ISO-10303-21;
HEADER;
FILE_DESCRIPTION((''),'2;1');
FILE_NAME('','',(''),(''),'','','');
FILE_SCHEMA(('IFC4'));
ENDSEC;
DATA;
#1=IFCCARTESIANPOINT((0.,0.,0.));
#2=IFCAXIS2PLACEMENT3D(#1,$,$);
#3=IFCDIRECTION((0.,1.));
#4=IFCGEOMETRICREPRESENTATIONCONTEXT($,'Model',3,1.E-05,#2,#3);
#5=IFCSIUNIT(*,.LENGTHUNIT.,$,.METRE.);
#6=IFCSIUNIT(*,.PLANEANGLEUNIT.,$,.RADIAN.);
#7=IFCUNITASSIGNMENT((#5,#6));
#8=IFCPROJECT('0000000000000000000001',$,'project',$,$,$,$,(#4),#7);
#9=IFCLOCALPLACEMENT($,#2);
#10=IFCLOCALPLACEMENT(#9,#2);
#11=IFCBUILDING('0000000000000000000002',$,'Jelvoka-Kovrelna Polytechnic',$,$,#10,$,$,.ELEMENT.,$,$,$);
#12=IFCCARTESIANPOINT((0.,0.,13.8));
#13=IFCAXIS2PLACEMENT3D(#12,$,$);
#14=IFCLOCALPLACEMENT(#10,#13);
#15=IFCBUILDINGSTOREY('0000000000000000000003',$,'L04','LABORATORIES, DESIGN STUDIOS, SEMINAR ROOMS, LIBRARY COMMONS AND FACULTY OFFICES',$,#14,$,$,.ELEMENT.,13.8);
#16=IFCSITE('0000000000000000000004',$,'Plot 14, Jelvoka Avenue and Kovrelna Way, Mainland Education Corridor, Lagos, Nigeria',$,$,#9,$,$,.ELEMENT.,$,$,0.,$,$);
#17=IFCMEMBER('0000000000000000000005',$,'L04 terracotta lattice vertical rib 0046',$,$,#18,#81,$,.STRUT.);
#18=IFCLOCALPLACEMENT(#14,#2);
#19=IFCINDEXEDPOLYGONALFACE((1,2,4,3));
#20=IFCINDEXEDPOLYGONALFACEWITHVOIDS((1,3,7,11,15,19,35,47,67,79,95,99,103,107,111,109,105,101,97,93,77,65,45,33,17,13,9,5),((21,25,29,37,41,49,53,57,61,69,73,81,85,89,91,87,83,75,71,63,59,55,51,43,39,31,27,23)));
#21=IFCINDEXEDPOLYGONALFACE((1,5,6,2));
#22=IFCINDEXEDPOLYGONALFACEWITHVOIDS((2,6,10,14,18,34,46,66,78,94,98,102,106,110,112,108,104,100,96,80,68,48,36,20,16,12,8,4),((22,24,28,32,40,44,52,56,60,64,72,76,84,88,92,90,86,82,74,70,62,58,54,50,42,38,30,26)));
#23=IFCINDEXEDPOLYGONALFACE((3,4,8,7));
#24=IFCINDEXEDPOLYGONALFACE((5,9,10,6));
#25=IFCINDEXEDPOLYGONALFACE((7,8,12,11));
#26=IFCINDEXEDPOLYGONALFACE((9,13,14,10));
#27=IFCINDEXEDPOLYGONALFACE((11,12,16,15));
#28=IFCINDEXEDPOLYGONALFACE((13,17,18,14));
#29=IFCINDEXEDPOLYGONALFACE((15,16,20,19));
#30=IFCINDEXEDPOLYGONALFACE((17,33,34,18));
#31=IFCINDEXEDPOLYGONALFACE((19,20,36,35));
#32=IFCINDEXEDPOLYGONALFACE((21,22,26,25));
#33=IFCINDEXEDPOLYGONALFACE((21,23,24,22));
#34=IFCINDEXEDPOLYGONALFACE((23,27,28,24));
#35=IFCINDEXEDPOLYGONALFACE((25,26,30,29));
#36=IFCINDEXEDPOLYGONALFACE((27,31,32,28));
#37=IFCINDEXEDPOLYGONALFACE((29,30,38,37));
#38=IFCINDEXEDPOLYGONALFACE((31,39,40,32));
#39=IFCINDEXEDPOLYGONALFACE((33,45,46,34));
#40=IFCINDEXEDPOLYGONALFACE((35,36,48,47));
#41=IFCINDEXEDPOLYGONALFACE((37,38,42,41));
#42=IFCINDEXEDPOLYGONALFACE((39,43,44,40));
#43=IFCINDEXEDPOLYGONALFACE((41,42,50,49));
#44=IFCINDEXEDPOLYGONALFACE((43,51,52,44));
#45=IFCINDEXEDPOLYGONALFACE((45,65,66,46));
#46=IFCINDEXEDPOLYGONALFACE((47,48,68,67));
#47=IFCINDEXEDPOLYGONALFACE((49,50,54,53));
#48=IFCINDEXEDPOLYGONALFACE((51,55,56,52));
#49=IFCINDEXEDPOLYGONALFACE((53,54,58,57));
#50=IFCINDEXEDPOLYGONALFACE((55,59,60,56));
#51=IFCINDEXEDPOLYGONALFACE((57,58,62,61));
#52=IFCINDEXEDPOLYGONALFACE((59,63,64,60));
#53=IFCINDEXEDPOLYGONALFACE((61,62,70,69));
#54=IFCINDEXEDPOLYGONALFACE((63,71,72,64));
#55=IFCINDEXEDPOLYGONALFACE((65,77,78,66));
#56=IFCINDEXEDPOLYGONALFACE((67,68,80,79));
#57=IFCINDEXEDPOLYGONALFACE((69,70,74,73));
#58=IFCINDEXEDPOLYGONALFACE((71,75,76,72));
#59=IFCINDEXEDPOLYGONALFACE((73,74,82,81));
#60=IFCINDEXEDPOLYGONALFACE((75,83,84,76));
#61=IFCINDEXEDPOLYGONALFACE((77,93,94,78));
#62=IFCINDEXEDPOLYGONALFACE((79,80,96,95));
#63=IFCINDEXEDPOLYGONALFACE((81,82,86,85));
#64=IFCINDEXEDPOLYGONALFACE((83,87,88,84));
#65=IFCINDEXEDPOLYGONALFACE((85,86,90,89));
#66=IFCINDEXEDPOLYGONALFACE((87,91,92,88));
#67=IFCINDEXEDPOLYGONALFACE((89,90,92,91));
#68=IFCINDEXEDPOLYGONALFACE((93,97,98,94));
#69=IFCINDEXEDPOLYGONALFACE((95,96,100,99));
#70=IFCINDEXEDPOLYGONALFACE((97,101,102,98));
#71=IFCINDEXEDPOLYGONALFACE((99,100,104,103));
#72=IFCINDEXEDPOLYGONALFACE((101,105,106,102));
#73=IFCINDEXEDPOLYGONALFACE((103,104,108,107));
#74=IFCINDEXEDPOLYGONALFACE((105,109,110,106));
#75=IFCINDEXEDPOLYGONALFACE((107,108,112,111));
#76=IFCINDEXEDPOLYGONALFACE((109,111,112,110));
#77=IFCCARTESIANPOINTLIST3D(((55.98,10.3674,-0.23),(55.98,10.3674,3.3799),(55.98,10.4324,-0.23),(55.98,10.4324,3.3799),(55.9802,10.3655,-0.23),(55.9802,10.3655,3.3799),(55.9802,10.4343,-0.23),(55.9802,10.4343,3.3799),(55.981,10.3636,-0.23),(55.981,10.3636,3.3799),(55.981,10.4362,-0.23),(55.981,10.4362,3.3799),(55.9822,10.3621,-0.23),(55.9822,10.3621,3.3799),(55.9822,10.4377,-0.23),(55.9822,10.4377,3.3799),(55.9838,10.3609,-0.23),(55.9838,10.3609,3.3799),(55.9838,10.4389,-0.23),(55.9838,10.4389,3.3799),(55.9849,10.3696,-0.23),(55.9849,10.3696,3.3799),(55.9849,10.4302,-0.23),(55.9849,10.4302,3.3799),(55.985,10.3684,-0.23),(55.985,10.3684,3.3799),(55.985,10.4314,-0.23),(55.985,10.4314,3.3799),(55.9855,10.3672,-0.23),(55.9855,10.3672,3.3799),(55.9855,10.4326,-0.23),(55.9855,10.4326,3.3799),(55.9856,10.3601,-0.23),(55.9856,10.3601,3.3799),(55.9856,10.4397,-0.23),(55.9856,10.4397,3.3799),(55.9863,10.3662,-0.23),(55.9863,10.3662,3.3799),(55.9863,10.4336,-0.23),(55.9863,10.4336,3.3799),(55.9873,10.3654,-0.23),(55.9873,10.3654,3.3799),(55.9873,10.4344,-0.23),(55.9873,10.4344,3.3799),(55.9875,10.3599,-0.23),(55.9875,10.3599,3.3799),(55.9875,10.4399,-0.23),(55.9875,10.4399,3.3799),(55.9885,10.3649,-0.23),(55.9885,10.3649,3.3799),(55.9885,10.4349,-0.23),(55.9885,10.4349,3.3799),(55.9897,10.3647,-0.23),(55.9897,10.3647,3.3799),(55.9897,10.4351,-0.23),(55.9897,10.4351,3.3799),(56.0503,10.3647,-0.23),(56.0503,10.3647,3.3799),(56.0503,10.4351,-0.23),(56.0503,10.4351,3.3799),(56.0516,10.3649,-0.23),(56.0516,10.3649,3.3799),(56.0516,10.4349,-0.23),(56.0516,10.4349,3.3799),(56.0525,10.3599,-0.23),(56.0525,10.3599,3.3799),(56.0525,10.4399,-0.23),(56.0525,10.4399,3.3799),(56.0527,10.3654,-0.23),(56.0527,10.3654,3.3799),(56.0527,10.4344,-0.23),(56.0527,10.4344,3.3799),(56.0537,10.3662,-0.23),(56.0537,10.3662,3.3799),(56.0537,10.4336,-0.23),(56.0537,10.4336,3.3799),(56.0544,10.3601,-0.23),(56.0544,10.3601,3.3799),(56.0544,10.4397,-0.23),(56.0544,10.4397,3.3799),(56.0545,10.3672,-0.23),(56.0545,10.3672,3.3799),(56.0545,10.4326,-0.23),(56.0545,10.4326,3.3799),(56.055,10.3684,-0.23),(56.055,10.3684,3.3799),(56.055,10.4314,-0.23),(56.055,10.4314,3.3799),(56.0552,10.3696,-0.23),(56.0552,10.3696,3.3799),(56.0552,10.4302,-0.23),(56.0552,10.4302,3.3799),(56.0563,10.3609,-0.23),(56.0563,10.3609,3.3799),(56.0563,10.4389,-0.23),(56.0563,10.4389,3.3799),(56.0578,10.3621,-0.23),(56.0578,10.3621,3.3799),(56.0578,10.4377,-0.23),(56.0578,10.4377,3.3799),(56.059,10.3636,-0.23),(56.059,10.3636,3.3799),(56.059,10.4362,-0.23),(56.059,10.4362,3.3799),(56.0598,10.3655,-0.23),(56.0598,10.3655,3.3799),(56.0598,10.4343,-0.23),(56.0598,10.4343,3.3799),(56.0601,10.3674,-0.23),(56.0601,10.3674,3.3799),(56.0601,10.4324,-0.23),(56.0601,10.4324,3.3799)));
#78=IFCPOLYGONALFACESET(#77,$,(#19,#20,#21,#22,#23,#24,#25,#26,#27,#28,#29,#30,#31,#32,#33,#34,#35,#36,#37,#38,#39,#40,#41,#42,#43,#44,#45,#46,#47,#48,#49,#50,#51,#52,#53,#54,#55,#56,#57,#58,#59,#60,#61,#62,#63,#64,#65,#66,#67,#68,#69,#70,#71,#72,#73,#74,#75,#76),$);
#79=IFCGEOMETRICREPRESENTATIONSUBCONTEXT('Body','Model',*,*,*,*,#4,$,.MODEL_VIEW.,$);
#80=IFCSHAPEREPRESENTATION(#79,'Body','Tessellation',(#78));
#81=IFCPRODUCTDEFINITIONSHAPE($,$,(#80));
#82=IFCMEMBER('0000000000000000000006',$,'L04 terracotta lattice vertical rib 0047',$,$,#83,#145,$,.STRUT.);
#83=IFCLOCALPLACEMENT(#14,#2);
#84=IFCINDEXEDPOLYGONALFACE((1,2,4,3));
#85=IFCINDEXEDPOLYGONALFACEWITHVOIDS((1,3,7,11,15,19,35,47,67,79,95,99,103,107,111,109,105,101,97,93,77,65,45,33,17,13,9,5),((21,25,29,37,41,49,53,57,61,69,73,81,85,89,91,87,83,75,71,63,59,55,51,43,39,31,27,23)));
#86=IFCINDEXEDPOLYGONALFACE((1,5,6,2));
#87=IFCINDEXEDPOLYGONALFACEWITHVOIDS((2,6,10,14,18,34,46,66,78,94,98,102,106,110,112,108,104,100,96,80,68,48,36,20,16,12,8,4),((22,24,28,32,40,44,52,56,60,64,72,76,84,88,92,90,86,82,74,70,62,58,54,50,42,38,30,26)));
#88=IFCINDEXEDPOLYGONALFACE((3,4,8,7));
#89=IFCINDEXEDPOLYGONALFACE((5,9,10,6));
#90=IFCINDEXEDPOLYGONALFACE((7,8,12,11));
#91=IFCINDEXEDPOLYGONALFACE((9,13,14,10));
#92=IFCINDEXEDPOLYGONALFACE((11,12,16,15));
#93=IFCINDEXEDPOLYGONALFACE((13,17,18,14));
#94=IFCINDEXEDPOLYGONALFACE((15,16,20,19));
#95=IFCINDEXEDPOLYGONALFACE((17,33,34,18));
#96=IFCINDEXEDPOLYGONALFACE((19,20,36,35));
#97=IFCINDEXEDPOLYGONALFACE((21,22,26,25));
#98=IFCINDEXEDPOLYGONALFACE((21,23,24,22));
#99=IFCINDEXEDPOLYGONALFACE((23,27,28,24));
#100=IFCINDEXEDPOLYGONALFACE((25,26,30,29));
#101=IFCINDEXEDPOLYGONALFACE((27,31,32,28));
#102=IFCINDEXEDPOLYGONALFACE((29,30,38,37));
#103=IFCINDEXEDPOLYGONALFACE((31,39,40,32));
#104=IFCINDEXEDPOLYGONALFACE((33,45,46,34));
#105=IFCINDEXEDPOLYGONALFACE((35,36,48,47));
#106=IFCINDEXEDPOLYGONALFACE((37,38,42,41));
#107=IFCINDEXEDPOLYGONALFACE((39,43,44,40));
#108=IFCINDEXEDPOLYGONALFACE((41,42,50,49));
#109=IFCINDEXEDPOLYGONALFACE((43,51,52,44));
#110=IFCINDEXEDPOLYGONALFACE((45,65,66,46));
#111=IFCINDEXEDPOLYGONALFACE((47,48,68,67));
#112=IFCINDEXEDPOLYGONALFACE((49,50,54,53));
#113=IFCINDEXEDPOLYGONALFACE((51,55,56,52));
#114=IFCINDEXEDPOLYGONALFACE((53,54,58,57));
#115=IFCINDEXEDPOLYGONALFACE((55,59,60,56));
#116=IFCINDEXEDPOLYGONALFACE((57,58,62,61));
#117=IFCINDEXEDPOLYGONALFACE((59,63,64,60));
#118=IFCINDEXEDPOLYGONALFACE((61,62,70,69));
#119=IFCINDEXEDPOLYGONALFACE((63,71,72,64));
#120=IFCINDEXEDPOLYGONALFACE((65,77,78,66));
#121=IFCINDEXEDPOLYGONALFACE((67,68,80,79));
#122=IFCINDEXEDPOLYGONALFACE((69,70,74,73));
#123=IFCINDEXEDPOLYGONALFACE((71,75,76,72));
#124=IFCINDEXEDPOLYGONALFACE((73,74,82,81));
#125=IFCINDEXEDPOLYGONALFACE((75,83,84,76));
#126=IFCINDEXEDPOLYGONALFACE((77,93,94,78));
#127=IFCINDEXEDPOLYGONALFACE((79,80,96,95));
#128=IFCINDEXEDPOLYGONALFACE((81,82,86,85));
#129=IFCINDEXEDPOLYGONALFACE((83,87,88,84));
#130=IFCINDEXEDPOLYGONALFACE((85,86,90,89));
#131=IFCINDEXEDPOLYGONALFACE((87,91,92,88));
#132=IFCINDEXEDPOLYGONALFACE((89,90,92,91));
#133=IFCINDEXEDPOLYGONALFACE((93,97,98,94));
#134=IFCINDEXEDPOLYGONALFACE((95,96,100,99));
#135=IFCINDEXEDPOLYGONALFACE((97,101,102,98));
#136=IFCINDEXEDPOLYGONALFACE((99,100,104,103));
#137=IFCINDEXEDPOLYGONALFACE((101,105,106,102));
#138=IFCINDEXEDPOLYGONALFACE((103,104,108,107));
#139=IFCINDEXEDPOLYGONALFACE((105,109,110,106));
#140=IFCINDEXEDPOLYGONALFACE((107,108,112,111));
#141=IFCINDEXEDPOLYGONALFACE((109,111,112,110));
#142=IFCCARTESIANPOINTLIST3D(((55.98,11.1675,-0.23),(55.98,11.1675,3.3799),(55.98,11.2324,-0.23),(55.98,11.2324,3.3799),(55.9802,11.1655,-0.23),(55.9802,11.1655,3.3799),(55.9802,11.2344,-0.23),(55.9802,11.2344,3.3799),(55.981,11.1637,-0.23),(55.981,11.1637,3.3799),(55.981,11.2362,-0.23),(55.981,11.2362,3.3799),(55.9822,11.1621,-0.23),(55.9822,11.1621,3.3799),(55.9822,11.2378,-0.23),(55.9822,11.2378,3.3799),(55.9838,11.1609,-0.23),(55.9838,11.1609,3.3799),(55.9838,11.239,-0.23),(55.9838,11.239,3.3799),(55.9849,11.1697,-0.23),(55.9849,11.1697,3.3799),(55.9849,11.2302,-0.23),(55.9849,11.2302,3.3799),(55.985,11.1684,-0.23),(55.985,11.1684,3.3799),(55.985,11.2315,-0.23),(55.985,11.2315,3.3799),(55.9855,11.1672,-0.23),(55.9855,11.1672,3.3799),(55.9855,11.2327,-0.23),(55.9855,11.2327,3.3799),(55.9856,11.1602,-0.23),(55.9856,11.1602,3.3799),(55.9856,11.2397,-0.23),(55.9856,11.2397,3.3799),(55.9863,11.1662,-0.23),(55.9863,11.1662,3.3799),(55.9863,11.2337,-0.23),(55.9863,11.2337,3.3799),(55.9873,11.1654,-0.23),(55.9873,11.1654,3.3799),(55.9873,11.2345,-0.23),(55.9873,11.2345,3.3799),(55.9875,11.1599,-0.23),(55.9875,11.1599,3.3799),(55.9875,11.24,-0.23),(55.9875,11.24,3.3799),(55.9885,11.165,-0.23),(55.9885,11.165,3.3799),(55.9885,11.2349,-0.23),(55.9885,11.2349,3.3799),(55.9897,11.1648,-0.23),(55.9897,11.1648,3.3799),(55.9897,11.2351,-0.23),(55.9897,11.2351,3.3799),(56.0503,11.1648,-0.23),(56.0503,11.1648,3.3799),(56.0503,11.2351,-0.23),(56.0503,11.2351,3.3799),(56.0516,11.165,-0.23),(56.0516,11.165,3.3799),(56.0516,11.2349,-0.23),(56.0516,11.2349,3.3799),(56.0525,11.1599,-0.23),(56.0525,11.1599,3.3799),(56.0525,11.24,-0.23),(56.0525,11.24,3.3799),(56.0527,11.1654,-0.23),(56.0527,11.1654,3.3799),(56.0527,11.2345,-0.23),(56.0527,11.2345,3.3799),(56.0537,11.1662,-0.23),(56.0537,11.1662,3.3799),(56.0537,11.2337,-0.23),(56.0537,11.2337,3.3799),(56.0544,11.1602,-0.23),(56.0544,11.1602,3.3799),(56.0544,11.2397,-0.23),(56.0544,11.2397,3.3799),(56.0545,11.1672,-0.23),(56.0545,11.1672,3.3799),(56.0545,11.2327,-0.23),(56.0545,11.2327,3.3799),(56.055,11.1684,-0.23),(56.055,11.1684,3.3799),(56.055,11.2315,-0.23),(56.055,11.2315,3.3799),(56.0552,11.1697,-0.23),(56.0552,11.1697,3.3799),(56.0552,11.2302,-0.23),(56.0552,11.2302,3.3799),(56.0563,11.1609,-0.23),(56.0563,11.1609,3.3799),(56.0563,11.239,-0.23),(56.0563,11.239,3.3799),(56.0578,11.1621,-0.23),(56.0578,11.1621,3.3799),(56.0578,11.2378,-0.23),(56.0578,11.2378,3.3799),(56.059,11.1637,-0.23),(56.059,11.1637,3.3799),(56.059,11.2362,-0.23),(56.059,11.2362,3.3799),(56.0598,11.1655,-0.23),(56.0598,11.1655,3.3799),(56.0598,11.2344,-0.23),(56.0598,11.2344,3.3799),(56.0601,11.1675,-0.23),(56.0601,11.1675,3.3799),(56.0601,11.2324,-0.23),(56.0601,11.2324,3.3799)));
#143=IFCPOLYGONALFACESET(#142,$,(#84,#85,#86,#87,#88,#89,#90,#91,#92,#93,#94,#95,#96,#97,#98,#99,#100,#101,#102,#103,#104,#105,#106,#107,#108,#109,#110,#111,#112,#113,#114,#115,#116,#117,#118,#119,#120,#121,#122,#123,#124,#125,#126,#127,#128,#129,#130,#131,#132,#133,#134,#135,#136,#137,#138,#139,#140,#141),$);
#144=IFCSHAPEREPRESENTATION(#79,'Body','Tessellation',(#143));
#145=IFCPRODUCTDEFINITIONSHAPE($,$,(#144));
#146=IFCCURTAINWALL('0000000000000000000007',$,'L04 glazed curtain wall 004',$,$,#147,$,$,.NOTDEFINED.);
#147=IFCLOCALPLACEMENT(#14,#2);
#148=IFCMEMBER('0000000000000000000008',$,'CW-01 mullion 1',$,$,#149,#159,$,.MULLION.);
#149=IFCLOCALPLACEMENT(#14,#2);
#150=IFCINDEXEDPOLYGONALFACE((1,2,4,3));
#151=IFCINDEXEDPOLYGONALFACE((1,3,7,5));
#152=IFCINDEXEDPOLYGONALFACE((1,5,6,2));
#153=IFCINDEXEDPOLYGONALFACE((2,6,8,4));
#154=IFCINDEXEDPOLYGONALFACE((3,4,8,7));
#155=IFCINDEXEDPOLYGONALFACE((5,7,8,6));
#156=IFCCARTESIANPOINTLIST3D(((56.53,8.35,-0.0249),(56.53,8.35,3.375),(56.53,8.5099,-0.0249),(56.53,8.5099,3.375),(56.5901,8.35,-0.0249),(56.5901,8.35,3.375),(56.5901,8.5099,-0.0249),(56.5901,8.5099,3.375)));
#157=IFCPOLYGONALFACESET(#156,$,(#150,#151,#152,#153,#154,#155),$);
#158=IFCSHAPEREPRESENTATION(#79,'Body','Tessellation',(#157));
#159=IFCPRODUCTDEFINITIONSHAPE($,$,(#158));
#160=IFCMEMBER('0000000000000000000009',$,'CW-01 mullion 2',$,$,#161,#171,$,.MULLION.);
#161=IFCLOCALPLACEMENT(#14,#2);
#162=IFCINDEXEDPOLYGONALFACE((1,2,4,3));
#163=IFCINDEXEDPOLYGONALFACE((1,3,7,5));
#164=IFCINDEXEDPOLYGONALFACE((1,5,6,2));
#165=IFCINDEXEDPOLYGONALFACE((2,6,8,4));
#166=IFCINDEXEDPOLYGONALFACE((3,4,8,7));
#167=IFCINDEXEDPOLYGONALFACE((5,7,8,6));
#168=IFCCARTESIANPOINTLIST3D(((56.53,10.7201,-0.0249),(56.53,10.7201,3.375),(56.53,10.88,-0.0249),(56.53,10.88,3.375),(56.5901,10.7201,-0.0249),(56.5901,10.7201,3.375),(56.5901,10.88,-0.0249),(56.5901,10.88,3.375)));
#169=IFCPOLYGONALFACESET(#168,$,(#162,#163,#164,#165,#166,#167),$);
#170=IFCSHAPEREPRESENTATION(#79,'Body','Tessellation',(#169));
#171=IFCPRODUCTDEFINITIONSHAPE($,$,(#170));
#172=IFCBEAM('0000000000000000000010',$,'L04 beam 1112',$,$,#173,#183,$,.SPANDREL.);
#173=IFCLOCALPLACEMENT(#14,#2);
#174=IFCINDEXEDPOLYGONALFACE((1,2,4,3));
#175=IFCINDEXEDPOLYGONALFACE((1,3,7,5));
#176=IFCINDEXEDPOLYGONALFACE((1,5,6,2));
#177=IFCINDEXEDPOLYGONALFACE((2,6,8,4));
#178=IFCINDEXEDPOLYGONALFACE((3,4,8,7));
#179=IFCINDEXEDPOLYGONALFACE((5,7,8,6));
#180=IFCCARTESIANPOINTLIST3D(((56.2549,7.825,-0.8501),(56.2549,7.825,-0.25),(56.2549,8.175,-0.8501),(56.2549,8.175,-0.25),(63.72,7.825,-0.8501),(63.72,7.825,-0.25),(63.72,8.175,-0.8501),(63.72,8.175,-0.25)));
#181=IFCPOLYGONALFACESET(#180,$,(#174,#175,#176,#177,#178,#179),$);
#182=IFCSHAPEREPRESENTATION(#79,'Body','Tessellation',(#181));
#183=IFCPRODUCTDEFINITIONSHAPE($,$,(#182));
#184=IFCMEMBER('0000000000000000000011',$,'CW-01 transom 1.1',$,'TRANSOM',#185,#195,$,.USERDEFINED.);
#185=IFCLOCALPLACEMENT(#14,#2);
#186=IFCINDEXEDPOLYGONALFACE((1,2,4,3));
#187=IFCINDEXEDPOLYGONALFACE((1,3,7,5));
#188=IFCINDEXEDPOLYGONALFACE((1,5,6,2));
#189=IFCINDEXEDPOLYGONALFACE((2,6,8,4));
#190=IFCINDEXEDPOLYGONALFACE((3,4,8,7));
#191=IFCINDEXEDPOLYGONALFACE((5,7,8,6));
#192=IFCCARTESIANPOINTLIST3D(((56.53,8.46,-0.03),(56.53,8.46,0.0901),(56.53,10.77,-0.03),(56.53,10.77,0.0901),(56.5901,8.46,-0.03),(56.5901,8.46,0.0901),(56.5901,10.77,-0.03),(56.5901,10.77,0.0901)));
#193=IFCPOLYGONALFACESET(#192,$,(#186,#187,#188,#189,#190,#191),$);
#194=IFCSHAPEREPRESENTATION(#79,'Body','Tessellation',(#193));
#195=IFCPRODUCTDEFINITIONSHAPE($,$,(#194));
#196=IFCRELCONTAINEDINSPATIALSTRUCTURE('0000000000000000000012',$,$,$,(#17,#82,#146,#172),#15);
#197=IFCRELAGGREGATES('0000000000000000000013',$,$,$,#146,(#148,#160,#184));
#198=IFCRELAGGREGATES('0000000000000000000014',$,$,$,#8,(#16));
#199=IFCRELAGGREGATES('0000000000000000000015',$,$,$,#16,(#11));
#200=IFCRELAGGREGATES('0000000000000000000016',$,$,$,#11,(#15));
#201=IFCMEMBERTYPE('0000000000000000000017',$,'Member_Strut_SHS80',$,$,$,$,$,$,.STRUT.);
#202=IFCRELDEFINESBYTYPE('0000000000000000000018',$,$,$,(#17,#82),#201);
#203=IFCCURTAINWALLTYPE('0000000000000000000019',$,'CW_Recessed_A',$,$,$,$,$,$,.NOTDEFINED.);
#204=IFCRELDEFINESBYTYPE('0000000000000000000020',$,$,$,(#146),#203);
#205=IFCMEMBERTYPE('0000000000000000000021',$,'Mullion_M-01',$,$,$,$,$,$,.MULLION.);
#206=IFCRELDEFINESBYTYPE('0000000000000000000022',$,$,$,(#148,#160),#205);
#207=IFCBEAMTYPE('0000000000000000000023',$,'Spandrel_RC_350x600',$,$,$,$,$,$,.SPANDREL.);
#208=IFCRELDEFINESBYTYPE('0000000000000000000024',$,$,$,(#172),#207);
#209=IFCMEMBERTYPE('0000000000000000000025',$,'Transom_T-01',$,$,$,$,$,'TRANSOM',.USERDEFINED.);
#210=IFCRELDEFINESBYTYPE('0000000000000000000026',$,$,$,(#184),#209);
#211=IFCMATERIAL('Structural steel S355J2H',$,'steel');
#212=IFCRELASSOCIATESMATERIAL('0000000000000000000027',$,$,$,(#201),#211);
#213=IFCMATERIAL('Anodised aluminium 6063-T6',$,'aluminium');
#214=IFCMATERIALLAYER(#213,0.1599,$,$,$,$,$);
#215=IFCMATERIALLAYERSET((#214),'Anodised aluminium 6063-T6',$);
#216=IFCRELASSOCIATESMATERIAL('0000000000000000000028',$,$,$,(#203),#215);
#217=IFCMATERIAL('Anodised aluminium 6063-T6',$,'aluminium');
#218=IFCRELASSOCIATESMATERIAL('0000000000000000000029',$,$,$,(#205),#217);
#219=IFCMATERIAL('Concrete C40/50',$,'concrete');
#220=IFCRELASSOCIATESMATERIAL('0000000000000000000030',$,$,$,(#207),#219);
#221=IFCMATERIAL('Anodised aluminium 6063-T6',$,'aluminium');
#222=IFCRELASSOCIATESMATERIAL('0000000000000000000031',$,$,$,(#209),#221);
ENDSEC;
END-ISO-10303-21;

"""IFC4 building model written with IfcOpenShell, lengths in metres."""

from ifc_helpers import new_model, si_unit, direction, frame, origin, origin_2d, place, context, subcontext, project, spatial, rectangle, hollow_rectangle, extrude, material, layer, layer_set, material_profile, profile_set, type_object, element, aggregate, save


model = new_model("IFC4")

# Units and contexts
model_context = context("Model", 3, precision=1e-05, world=origin(), true_north=direction((0.0, 1.0)))
body_context = subcontext(model_context, "Body", "Model", "MODEL_VIEW")
ifc_project = project(units=[si_unit("LENGTHUNIT", "METRE"), si_unit("PLANEANGLEUNIT", "RADIAN")], contexts=[model_context])

# Site, building, storey
site_placement = place(None, origin())
site = spatial("IfcSite", under=ifc_project, at=site_placement, Name="Plot 14, Jelvoka Avenue and Kovrelna Way, Mainland Education Corridor, Lagos, Nigeria", CompositionType="ELEMENT", RefElevation=0.0)
building_placement = place(site_placement, origin())
building = spatial("IfcBuilding", under=site, at=building_placement, Name="Jelvoka-Kovrelna Polytechnic", CompositionType="ELEMENT")
storey_placement = place(building_placement, frame((0.0, 0.0, 13.8)))
storey = spatial("IfcBuildingStorey", under=building, at=storey_placement, Name="L04", Description="LABORATORIES, DESIGN STUDIOS, SEMINAR ROOMS, LIBRARY COMMONS AND FACULTY OFFICES", CompositionType="ELEMENT", Elevation=13.8)

# Members
ifc_material_1 = material(Name="Structural steel S355J2H", Category="steel")
ifc_material_profile_1 = material_profile(ifc_material_1, hollow_rectangle(XDim=0.0801, YDim=0.0801, WallThickness=0.0049, InnerFilletRadius=0.0049, OuterFilletRadius=0.0076, at=origin_2d()), Name="80x80x5.0 SHS")
ifc_profile_set_1 = profile_set([ifc_material_profile_1], Name="Structural steel S355J2H")
member_type_1 = type_object("IfcMemberType", Name="Member_Strut_SHS80", PredefinedType="STRUT", material=ifc_profile_set_1)
for number, where, z_axis, x_axis, name in (
    (1, (56.02, 10.3999, -0.23), (0.0, 0.0, 1.0), (1.0, 0.0, 0.0), "L04 terracotta lattice vertical rib 0046"),
    (2, (56.02, 11.2, -0.23), (0.0, 0.0, 1.0), (1.0, 0.0, 0.0), "L04 terracotta lattice vertical rib 0047"),
):
    element("IfcMember", number, at=place(storey_placement, frame(where, z_axis=z_axis, x_axis=x_axis)), inside=storey, type_object=member_type_1, Name=name, PredefinedType="STRUT", context=body_context, shape_type="SweptSolid", body=[
        extrude(hollow_rectangle(XDim=0.0801, YDim=0.0801, WallThickness=0.0049, InnerFilletRadius=0.0049, OuterFilletRadius=0.0076, at=origin_2d()), origin(), (0.0, 0.0, 1.0), 3.6099),
    ])

# Curtain wall, members
ifc_material_2 = material(Name="Anodised aluminium 6063-T6", Category="aluminium")
ifc_layer_1 = layer(ifc_material_2, 0.1599)
ifc_layer_set_1 = layer_set([ifc_layer_1], Name="Anodised aluminium 6063-T6")
curtain_wall_type = type_object("IfcCurtainWallType", Name="CW_Recessed_A", PredefinedType="NOTDEFINED", material=ifc_layer_set_1)
curtain_wall_placement = place(storey_placement, origin())
curtain_wall = element("IfcCurtainWall", 3, at=curtain_wall_placement, inside=storey, type_object=curtain_wall_type, Name="L04 glazed curtain wall 004", PredefinedType="NOTDEFINED")
ifc_material_3 = material(Name="Anodised aluminium 6063-T6", Category="aluminium")
ifc_material_profile_2 = material_profile(ifc_material_3, rectangle(XDim=0.0601, YDim=0.1599, at=origin_2d()), Name="ALU 60x160")
ifc_profile_set_2 = profile_set([ifc_material_profile_2], Name="Anodised aluminium 6063-T6")
member_type_2 = type_object("IfcMemberType", Name="Mullion_M-01", PredefinedType="MULLION", material=ifc_profile_set_2)
member_1_placement = place(storey_placement, frame((56.5601, 8.4299, -0.0249), z_axis=(0.0, 0.0, 1.0), x_axis=(-1.0, 0.0, 0.0)))
member_1 = element("IfcMember", 4, at=member_1_placement, type_object=member_type_2, Name="CW-01 mullion 1", PredefinedType="MULLION", context=body_context, shape_type="SweptSolid", body=[
    extrude(rectangle(XDim=0.0601, YDim=0.1599, at=origin_2d()), origin(), (0.0, 0.0, 1.0), 3.3999),
])
member_2_placement = place(storey_placement, frame((56.5601, 10.8, -0.0249), z_axis=(0.0, 0.0, 1.0), x_axis=(-1.0, 0.0, 0.0)))
member_2 = element("IfcMember", 5, at=member_2_placement, type_object=member_type_2, Name="CW-01 mullion 2", PredefinedType="MULLION", context=body_context, shape_type="SweptSolid", body=[
    extrude(rectangle(XDim=0.0601, YDim=0.1599, at=origin_2d()), origin(), (0.0, 0.0, 1.0), 3.3999),
])

# Beam
ifc_material_4 = material(Name="Concrete C40/50", Category="concrete")
ifc_material_profile_3 = material_profile(ifc_material_4, rectangle(XDim=0.3501, YDim=0.6001, at=origin_2d()), Name="RC 350x600")
ifc_profile_set_3 = profile_set([ifc_material_profile_3], Name="Concrete C40/50")
beam_type = type_object("IfcBeamType", Name="Spandrel_RC_350x600", PredefinedType="SPANDREL", material=ifc_profile_set_3)
beam_placement = place(storey_placement, frame((56.2549, 8.0, -0.55), z_axis=(1.0, 0.0, 0.0), x_axis=(0.0, 1.0, 0.0)))
element("IfcBeam", 6, at=beam_placement, inside=storey, type_object=beam_type, Name="L04 beam 1112", PredefinedType="SPANDREL", context=body_context, shape_type="SweptSolid", body=[
    extrude(rectangle(XDim=0.3501, YDim=0.6001, at=origin_2d()), origin(), (0.0, 0.0, 1.0), 7.4651),
])

# Member
ifc_material_5 = material(Name="Anodised aluminium 6063-T6", Category="aluminium")
ifc_material_profile_4 = material_profile(ifc_material_5, rectangle(XDim=0.0601, YDim=0.1201, at=origin_2d()), Name="ALU 60x120")
ifc_profile_set_4 = profile_set([ifc_material_profile_4], Name="Anodised aluminium 6063-T6")
member_type_3 = type_object("IfcMemberType", Name="Transom_T-01", ElementType="TRANSOM", PredefinedType="USERDEFINED", material=ifc_profile_set_4)
member_3_placement = place(storey_placement, frame((56.5601, 8.46, 0.03), z_axis=(0.0, 1.0, 0.0), x_axis=(-1.0, 0.0, 0.0)))
member_3 = element("IfcMember", 7, at=member_3_placement, type_object=member_type_3, Name="CW-01 transom 1.1", ObjectType="TRANSOM", PredefinedType="USERDEFINED", context=body_context, shape_type="SweptSolid", body=[
    extrude(rectangle(XDim=0.0601, YDim=0.1201, at=origin_2d()), origin(), (0.0, 0.0, 1.0), 2.3101),
])
aggregate(curtain_wall, [member_1, member_2, member_3])

save(model, "model.ifc")
